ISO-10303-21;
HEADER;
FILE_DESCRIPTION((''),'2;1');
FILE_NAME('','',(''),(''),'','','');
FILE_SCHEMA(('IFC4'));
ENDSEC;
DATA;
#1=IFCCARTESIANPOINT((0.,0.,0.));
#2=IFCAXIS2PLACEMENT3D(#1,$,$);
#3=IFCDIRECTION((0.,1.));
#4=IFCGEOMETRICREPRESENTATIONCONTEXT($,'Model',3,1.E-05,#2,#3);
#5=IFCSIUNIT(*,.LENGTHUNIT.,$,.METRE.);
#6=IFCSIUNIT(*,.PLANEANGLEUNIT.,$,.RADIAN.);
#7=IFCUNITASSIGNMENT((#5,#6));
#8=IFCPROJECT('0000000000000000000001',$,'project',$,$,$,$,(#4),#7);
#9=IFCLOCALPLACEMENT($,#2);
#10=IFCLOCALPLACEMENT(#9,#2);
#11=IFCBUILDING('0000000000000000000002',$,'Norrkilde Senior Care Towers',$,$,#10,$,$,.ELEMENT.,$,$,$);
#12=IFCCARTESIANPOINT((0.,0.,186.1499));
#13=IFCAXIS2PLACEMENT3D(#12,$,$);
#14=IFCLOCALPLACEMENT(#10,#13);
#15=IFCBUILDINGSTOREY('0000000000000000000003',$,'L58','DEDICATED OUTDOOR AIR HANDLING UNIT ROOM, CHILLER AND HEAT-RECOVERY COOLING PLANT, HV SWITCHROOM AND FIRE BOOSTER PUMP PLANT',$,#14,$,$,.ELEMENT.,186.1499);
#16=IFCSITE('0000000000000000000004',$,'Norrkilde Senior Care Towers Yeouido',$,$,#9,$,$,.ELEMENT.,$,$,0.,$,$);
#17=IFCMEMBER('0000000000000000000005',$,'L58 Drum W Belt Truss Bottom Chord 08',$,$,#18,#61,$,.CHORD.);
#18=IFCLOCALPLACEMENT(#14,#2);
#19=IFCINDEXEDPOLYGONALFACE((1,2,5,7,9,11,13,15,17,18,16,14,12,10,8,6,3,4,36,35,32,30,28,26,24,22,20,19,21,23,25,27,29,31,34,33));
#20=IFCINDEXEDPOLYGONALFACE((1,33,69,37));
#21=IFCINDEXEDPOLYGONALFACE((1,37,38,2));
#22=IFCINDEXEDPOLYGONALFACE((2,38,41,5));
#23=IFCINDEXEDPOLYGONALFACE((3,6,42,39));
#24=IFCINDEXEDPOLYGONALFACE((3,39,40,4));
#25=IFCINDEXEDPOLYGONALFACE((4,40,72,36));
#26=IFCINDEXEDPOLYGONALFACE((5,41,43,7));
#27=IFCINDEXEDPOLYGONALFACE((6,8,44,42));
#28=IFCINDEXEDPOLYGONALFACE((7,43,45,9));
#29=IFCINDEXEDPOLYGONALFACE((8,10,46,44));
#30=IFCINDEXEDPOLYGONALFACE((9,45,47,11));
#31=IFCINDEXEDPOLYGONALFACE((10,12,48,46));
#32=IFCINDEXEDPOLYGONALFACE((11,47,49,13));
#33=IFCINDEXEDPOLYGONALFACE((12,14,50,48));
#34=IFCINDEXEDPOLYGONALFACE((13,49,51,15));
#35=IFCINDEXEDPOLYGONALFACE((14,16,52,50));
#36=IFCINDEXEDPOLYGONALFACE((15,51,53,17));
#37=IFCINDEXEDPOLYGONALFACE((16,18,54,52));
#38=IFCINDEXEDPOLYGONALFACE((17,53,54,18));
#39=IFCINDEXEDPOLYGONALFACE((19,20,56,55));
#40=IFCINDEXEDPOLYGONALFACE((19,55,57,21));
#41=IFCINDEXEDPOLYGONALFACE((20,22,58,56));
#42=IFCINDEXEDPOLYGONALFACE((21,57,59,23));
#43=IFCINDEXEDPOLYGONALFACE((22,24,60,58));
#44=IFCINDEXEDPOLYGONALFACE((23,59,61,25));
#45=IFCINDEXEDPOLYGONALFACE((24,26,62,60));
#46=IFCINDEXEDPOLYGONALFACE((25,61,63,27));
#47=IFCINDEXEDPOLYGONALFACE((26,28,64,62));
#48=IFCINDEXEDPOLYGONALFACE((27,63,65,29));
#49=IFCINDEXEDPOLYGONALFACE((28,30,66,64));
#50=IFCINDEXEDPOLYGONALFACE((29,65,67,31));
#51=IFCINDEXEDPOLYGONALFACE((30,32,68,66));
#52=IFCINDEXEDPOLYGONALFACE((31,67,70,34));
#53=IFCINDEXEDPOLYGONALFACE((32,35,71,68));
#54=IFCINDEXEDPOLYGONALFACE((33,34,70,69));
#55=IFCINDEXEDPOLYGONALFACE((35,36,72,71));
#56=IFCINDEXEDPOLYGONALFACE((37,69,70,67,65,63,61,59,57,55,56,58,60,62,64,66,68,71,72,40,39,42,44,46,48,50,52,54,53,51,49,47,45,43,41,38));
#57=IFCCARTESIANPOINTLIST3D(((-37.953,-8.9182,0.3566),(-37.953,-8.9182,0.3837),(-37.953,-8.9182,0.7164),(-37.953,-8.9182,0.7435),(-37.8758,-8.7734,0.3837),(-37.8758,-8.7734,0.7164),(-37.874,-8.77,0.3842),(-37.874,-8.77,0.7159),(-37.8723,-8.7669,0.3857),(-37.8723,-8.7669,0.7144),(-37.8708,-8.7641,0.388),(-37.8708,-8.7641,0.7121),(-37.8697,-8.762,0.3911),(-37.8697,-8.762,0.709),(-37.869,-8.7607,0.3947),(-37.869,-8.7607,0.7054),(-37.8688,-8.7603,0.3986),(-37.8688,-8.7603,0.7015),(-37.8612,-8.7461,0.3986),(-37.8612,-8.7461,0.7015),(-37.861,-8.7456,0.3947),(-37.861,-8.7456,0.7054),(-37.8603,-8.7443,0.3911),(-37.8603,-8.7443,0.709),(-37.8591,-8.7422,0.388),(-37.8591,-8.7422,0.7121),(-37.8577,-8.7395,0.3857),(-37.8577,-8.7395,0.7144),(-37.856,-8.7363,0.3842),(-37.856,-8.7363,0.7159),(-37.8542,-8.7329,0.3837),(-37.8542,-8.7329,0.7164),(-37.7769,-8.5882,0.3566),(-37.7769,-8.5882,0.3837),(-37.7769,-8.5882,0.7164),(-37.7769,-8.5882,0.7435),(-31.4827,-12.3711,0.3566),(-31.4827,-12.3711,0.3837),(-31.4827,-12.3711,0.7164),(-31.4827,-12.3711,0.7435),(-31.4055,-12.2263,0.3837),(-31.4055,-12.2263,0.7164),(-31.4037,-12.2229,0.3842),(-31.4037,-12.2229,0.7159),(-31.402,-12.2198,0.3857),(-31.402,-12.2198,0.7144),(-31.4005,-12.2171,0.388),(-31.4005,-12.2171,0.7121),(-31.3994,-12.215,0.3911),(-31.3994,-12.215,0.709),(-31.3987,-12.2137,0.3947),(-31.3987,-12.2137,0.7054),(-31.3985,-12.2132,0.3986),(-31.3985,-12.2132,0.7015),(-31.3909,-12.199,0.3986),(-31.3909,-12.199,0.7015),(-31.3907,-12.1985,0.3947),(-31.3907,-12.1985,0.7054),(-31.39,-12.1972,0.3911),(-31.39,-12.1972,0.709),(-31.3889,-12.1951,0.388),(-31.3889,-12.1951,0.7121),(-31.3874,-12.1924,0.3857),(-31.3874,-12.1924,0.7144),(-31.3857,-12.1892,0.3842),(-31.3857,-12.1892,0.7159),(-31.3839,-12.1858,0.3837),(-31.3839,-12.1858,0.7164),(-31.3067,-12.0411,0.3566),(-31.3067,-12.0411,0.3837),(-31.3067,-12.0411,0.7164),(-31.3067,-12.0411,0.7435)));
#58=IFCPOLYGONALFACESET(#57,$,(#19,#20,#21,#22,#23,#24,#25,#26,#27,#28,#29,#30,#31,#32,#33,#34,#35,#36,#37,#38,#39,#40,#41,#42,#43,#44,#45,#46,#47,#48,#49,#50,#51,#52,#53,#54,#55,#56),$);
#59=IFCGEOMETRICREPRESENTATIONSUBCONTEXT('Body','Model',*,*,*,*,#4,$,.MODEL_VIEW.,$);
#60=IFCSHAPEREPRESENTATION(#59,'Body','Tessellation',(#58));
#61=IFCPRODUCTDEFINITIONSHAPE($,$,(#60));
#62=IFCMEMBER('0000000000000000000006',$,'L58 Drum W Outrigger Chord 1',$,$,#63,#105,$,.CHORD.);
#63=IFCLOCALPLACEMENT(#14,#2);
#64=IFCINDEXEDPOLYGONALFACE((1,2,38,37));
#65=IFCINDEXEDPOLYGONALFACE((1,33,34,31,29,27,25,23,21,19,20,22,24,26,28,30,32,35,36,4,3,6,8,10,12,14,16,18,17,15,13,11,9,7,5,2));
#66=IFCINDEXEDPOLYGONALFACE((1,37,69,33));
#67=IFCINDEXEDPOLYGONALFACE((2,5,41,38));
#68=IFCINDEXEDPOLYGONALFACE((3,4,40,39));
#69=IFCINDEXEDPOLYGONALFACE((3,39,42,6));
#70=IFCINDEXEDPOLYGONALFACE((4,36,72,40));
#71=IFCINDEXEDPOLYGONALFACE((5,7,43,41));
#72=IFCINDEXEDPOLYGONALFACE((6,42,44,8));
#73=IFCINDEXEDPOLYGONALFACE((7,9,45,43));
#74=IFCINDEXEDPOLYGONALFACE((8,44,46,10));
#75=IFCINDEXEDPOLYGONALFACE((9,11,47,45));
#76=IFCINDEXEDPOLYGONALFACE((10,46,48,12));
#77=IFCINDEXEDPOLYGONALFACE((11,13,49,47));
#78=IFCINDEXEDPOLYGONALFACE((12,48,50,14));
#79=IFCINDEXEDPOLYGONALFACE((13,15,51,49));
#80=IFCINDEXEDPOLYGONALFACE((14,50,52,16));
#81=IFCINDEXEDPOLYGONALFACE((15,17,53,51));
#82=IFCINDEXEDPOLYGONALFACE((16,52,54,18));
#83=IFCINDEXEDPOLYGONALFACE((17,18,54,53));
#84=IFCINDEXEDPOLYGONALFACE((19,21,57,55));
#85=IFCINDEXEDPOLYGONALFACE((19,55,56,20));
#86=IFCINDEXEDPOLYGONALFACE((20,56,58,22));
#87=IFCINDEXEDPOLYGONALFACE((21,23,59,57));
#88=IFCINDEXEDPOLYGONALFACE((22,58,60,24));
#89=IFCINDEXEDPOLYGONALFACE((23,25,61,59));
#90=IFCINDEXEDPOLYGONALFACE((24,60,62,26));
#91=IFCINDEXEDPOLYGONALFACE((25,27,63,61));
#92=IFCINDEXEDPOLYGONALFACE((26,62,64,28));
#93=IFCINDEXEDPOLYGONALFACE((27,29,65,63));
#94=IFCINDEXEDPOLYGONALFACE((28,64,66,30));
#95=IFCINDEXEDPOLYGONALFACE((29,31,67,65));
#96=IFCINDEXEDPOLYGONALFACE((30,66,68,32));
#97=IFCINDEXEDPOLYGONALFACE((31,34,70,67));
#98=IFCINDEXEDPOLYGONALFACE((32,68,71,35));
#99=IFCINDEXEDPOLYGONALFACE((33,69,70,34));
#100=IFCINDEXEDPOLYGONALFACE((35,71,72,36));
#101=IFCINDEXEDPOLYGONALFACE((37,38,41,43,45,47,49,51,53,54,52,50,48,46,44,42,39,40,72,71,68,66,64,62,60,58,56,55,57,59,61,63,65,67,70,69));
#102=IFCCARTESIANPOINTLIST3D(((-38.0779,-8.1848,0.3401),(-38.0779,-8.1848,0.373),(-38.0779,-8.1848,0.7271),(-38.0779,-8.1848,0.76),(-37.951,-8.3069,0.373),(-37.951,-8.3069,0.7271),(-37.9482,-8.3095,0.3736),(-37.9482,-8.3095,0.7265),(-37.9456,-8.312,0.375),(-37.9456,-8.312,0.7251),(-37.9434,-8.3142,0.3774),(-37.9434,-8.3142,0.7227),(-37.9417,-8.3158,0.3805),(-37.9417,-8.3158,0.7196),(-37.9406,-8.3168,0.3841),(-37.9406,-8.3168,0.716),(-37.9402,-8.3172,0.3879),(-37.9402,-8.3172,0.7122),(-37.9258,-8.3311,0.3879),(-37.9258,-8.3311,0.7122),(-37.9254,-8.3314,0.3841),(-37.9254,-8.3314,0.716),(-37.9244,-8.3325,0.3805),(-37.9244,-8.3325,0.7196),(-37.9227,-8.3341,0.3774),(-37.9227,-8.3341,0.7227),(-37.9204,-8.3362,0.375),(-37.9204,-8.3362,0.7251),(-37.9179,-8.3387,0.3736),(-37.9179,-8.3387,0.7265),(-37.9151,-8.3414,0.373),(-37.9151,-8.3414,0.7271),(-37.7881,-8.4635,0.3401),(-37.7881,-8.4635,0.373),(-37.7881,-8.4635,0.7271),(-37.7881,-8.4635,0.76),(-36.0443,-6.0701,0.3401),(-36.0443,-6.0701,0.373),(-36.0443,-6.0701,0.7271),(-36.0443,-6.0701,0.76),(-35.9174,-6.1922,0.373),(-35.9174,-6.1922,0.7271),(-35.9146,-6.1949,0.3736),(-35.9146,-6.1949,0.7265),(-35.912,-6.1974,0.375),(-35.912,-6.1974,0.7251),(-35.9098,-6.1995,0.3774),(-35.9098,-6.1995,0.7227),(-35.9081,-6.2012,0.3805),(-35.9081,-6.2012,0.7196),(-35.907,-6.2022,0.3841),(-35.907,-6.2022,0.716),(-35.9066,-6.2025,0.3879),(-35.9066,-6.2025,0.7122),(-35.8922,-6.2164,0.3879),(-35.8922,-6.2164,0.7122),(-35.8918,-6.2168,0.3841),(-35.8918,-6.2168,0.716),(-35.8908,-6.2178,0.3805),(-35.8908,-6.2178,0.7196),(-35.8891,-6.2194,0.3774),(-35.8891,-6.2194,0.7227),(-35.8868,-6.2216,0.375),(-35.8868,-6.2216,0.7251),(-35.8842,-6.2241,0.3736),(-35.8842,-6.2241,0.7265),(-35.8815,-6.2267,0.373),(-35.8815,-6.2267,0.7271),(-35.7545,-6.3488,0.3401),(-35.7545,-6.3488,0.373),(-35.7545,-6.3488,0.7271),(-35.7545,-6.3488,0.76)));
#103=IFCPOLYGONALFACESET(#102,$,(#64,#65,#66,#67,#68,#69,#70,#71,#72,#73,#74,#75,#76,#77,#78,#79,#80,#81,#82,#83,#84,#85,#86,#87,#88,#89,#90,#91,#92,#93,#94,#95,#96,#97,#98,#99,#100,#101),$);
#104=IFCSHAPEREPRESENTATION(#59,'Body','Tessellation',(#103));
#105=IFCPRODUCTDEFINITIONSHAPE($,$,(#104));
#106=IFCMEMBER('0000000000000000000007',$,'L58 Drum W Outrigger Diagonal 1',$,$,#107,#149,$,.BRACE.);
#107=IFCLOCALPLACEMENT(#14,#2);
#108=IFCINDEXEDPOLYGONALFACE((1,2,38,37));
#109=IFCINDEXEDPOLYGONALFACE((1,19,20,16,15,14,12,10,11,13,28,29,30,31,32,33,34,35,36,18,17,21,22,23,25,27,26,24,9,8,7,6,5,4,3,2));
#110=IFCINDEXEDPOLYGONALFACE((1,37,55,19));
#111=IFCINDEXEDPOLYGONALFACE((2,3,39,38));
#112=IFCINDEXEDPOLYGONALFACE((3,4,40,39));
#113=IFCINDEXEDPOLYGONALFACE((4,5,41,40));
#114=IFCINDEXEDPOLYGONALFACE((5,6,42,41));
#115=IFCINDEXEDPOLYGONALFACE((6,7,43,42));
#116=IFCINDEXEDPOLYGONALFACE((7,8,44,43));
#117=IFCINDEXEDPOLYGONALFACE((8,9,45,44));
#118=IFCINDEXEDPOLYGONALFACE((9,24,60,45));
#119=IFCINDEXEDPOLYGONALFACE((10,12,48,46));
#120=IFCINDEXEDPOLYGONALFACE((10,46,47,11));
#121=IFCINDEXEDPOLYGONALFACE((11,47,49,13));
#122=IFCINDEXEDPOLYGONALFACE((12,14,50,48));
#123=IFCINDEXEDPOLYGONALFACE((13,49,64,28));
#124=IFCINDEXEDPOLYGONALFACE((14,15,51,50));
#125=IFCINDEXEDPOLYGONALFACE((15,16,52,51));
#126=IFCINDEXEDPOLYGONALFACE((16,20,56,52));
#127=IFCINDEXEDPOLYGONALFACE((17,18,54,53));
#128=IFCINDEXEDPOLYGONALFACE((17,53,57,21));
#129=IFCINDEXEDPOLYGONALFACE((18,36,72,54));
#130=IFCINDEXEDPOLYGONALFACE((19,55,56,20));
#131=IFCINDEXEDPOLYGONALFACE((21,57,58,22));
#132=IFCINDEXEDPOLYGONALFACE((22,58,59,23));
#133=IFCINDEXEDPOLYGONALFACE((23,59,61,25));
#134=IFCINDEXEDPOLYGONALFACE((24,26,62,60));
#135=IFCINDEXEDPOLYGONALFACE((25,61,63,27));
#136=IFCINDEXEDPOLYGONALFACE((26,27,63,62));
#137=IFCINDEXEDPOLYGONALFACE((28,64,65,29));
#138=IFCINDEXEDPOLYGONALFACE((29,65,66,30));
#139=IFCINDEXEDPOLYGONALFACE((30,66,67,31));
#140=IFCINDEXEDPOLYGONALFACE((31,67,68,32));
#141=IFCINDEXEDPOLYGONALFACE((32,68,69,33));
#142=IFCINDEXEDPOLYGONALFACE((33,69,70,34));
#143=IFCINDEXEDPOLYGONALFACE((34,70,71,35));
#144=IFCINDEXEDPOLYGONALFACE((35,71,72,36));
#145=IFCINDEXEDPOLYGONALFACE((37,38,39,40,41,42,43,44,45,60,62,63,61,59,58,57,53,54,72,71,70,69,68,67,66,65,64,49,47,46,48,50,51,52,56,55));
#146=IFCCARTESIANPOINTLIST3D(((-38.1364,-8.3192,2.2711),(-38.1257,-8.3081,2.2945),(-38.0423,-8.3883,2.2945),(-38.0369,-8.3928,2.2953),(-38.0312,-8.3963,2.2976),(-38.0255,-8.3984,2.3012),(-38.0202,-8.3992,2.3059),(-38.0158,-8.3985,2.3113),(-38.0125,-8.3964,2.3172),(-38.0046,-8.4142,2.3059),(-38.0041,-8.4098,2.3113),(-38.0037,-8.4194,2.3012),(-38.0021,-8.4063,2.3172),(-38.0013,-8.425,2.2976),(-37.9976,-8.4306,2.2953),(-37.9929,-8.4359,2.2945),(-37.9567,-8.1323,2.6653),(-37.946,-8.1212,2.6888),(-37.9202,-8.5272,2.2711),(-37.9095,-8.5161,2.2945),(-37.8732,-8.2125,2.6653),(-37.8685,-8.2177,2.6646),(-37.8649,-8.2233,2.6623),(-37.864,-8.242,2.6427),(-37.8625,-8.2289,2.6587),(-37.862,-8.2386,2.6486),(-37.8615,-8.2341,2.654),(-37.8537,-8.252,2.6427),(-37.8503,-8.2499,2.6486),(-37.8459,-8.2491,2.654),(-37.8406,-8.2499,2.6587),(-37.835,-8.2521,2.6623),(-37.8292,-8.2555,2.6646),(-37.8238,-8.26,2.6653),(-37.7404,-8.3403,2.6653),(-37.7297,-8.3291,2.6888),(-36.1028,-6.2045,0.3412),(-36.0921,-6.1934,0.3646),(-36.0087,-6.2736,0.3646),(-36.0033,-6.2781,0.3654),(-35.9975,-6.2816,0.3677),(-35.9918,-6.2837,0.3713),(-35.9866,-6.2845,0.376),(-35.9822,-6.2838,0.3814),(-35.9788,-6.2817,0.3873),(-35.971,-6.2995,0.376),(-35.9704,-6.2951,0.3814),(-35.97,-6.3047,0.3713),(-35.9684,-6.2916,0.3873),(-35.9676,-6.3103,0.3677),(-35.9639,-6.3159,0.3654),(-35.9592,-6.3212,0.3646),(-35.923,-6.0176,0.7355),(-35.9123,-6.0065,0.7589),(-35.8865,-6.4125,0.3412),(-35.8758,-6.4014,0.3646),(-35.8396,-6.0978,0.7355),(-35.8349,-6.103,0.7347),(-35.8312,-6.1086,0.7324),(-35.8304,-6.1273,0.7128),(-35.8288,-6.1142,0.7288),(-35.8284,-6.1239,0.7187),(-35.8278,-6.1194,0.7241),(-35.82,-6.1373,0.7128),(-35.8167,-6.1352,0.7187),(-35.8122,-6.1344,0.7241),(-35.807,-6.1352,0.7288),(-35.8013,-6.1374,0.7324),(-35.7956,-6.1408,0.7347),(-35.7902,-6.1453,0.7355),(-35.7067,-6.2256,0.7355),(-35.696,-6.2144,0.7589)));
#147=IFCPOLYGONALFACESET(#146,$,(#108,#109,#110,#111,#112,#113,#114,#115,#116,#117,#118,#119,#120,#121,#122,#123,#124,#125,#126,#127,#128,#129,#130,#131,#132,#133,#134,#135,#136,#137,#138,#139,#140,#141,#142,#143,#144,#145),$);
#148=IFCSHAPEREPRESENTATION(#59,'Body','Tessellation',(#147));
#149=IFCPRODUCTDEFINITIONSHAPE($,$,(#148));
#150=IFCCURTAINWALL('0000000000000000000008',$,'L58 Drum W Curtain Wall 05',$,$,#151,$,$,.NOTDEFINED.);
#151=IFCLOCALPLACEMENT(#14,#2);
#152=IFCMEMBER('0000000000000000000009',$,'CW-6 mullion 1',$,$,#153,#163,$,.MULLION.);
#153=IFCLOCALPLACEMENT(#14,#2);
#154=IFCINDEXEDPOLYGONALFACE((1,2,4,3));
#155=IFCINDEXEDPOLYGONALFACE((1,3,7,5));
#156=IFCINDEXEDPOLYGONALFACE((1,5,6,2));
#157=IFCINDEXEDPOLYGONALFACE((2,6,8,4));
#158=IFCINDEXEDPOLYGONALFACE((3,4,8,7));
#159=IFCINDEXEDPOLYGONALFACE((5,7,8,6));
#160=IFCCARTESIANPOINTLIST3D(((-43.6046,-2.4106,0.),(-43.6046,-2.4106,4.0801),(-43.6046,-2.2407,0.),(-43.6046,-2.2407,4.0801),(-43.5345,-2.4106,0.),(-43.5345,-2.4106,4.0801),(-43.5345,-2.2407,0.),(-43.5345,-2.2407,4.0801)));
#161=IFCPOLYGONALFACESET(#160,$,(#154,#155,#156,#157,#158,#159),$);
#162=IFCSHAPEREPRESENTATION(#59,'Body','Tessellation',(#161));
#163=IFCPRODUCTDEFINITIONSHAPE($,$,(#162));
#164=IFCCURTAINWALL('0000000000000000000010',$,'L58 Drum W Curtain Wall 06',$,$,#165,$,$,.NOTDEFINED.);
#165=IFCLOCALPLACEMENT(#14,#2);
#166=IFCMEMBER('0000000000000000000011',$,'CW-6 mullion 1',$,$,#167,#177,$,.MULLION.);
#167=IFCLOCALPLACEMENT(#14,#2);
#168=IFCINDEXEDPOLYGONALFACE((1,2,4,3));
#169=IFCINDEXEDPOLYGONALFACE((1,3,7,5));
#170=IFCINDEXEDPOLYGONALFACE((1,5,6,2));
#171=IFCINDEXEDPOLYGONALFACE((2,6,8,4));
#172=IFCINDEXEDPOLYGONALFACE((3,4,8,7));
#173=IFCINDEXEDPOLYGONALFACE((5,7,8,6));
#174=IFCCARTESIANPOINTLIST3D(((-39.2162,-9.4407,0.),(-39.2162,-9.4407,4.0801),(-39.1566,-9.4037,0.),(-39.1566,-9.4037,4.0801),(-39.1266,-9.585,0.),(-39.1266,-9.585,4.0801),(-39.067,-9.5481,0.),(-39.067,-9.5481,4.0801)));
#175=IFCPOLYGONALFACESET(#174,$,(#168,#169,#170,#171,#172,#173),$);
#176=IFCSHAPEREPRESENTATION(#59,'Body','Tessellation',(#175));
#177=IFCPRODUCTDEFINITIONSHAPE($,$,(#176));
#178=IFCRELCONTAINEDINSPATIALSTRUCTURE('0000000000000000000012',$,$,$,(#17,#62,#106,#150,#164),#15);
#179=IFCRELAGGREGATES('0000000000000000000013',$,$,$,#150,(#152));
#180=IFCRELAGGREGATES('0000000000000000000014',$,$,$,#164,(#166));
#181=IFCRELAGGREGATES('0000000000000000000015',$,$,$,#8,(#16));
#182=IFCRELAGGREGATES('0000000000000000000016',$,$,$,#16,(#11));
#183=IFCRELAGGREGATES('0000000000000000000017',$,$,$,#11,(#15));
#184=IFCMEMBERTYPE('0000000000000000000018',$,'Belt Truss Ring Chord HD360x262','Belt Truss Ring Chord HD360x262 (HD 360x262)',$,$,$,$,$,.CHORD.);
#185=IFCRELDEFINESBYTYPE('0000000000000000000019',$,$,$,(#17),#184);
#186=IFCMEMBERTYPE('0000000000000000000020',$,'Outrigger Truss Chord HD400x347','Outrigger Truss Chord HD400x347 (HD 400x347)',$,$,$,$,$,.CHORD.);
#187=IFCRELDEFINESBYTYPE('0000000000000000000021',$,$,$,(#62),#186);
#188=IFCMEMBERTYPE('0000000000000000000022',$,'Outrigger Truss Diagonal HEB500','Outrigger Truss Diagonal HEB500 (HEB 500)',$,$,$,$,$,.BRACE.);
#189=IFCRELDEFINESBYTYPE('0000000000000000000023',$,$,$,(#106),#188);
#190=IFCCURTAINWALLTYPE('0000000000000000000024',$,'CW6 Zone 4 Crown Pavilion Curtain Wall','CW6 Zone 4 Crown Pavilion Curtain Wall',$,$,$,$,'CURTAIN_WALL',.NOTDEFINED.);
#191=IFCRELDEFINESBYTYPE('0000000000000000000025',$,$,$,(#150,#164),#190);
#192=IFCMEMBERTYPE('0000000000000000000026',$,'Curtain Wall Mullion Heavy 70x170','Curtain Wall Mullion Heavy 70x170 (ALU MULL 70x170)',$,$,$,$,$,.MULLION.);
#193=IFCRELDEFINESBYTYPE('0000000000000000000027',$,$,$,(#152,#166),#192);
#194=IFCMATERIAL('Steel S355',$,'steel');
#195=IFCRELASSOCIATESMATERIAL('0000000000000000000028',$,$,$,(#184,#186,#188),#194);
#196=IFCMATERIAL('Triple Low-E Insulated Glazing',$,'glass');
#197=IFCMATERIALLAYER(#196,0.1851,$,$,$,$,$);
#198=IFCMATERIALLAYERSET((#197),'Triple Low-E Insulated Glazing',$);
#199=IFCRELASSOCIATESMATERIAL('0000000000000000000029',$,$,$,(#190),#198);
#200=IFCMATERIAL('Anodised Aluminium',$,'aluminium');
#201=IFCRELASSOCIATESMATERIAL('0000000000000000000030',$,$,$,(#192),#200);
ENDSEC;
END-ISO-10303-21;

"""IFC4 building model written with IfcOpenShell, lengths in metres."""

from ifc_helpers import new_model, si_unit, direction, frame, origin, origin_2d, place, context, subcontext, project, spatial, rectangle, i_section, extrude, source, transform, mapped, material, layer, layer_set, material_profile, profile_set, type_object, type_shapes, element, aggregate, save


model = new_model("IFC4")

# Units and contexts
model_context = context("Model", 3, precision=1e-05, world=origin(), true_north=direction((0.0, 1.0)))
body_context = subcontext(model_context, "Body", "Model", "MODEL_VIEW")
ifc_project = project(units=[si_unit("LENGTHUNIT", "METRE"), si_unit("PLANEANGLEUNIT", "RADIAN")], contexts=[model_context])

# Site, building, storey
site_placement = place(None, origin())
site = spatial("IfcSite", under=ifc_project, at=site_placement, Name="Norrkilde Senior Care Towers Yeouido", CompositionType="ELEMENT", RefElevation=0.0)
building_placement = place(site_placement, origin())
building = spatial("IfcBuilding", under=site, at=building_placement, Name="Norrkilde Senior Care Towers", CompositionType="ELEMENT")
storey_placement = place(building_placement, frame((0.0, 0.0, 186.1499)))
storey = spatial("IfcBuildingStorey", under=building, at=storey_placement, Name="L58", Description="DEDICATED OUTDOOR AIR HANDLING UNIT ROOM, CHILLER AND HEAT-RECOVERY COOLING PLANT, HV SWITCHROOM AND FIRE BOOSTER PUMP PLANT", CompositionType="ELEMENT", Elevation=186.1499)

# Members
ifc_material_1 = material(Name="Steel S355", Category="steel")
ifc_material_profile_1 = material_profile(ifc_material_1, i_section(OverallWidth=0.374, OverallDepth=0.387, WebThickness=0.0161, FlangeThickness=0.0271, FilletRadius=0.0149, at=origin_2d()), Name="HD 360x262")
ifc_profile_set_1 = profile_set([ifc_material_profile_1], Name="Steel S355")
member_type_1 = type_object("IfcMemberType", Name="Belt Truss Ring Chord HD360x262", Description="Belt Truss Ring Chord HD360x262 (HD 360x262)", PredefinedType="CHORD", material=ifc_profile_set_1)
shared_shape_1 = source(origin(), body_context, "Body", "SweptSolid", [
    extrude(i_section(OverallWidth=0.374, OverallDepth=0.387, WebThickness=0.0161, FlangeThickness=0.0271, FilletRadius=0.0149, at=origin_2d()), origin(), (0.0, 0.0, 1.0), 7.334),
])
member_1_placement = place(storey_placement, frame((-37.865, -8.7532, 0.55), z_axis=(0.882234, -0.470811, 0.0), x_axis=(0.470811, 0.882234, 0.0)))
element("IfcMember", 1, at=member_1_placement, inside=storey, type_object=member_type_1, Name="L58 Drum W Belt Truss Bottom Chord 08", PredefinedType="CHORD", context=body_context, shape_type="MappedRepresentation", body=[
    mapped(shared_shape_1, transform((0.0, 0.0, 0.0), x_axis=(1.0, 0.0, 0.0), y_axis=(0.0, 1.0, 0.0), z_axis=(0.0, 0.0, 1.0), scale=1.0)),
])
ifc_material_profile_2 = material_profile(ifc_material_1, i_section(OverallWidth=0.4021, OverallDepth=0.4199, WebThickness=0.02, FlangeThickness=0.033, FilletRadius=0.0149, at=origin_2d()), Name="HD 400x347")
ifc_profile_set_2 = profile_set([ifc_material_profile_2], Name="Steel S355")
member_type_2 = type_object("IfcMemberType", Name="Outrigger Truss Chord HD400x347", Description="Outrigger Truss Chord HD400x347 (HD 400x347)", PredefinedType="CHORD", material=ifc_profile_set_2)
shared_shape_2 = source(origin(), body_context, "Body", "SweptSolid", [
    extrude(i_section(OverallWidth=0.4021, OverallDepth=0.4199, WebThickness=0.02, FlangeThickness=0.033, FilletRadius=0.0149, at=origin_2d()), origin(), (0.0, 0.0, 1.0), 2.9338),
])
type_shapes(member_type_2, [shared_shape_2])
member_2_placement = place(storey_placement, frame((-35.8994, -6.2095, 0.55), z_axis=(-0.693159, -0.720785, 0.0), x_axis=(0.720785, -0.693159, 0.0)))
element("IfcMember", 2, at=member_2_placement, inside=storey, type_object=member_type_2, Name="L58 Drum W Outrigger Chord 1", PredefinedType="CHORD", context=body_context, shape_type="MappedRepresentation", body=[
    mapped(shared_shape_2, transform((0.0, 0.0, 0.0), x_axis=(1.0, 0.0, 0.0), y_axis=(0.0, 1.0, 0.0), z_axis=(0.0, 0.0, 1.0), scale=1.0)),
])
ifc_material_profile_3 = material_profile(ifc_material_1, i_section(OverallWidth=0.3, OverallDepth=0.5, WebThickness=0.0144, FlangeThickness=0.0281, FilletRadius=0.0271, at=origin_2d()), Name="HEB 500")
ifc_profile_set_3 = profile_set([ifc_material_profile_3], Name="Steel S355")
member_type_3 = type_object("IfcMemberType", Name="Outrigger Truss Diagonal HEB500", Description="Outrigger Truss Diagonal HEB500 (HEB 500)", PredefinedType="BRACE", material=ifc_profile_set_3)
shared_shape_3 = source(origin(), body_context, "Body", "SweptSolid", [
    extrude(i_section(OverallWidth=0.3, OverallDepth=0.5, WebThickness=0.0144, FlangeThickness=0.0281, FilletRadius=0.0271, at=origin_2d()), origin(), (0.0, 0.0, 1.0), 3.5117),
])
type_shapes(member_type_3, [shared_shape_3])
member_3_placement = place(storey_placement, frame((-35.8994, -6.2095, 0.55), z_axis=(-0.579103, -0.602184, 0.549557), x_axis=(0.720785, -0.693159, 0.0)))
element("IfcMember", 3, at=member_3_placement, inside=storey, type_object=member_type_3, Name="L58 Drum W Outrigger Diagonal 1", PredefinedType="BRACE", context=body_context, shape_type="MappedRepresentation", body=[
    mapped(shared_shape_3, transform((0.0, 0.0, 0.0), x_axis=(1.0, 0.0, 0.0), y_axis=(0.0, 1.0, 0.0), z_axis=(0.0, 0.0, 1.0), scale=1.0)),
])

# Curtain wall, member
ifc_material_2 = material(Name="Triple Low-E Insulated Glazing", Category="glass")
ifc_layer_1 = layer(ifc_material_2, 0.1851)
ifc_layer_set_1 = layer_set([ifc_layer_1], Name="Triple Low-E Insulated Glazing")
curtain_wall_type = type_object("IfcCurtainWallType", Name="CW6 Zone 4 Crown Pavilion Curtain Wall", Description="CW6 Zone 4 Crown Pavilion Curtain Wall", ElementType="CURTAIN_WALL", PredefinedType="NOTDEFINED", material=ifc_layer_set_1)
curtain_wall_1_placement = place(storey_placement, origin())
curtain_wall_1 = element("IfcCurtainWall", 4, at=curtain_wall_1_placement, inside=storey, type_object=curtain_wall_type, Name="L58 Drum W Curtain Wall 05", PredefinedType="NOTDEFINED")
ifc_material_3 = material(Name="Anodised Aluminium", Category="aluminium")
ifc_material_profile_4 = material_profile(ifc_material_3, rectangle(XDim=0.0701, YDim=0.1699, at=origin_2d()), Name="ALU MULL 70x170")
ifc_profile_set_4 = profile_set([ifc_material_profile_4], Name="Anodised Aluminium")
member_type_4 = type_object("IfcMemberType", Name="Curtain Wall Mullion Heavy 70x170", Description="Curtain Wall Mullion Heavy 70x170 (ALU MULL 70x170)", PredefinedType="MULLION", material=ifc_profile_set_4)
shared_shape_4 = source(origin(), body_context, "Body", "SweptSolid", [
    extrude(rectangle(XDim=0.0701, YDim=0.1699, at=origin_2d()), origin(), (0.0, 0.0, 1.0), 4.0801),
])
type_shapes(member_type_4, [shared_shape_4])
member_4_placement = place(storey_placement, frame((-43.5696, -2.3257, 0.0), z_axis=(0.0, 0.0, 1.0), x_axis=(-1.0, 0.0, 0.0)))
member_4 = element("IfcMember", 5, at=member_4_placement, type_object=member_type_4, Name="CW-6 mullion 1", PredefinedType="MULLION", context=body_context, shape_type="MappedRepresentation", body=[
    mapped(shared_shape_4, transform((0.0, 0.0, 0.0), x_axis=(1.0, 0.0, 0.0), y_axis=(0.0, 1.0, 0.0), z_axis=(0.0, 0.0, 1.0), scale=1.0)),
])

# Curtain wall, member
curtain_wall_2_placement = place(storey_placement, origin())
curtain_wall_2 = element("IfcCurtainWall", 6, at=curtain_wall_2_placement, inside=storey, type_object=curtain_wall_type, Name="L58 Drum W Curtain Wall 06", PredefinedType="NOTDEFINED")
member_5_placement = place(storey_placement, frame((-39.1416, -9.4944, 0.0), z_axis=(0.0, 0.0, 1.0), x_axis=(-0.849634, -0.527373, 0.0)))
member_5 = element("IfcMember", 7, at=member_5_placement, type_object=member_type_4, Name="CW-6 mullion 1", PredefinedType="MULLION", context=body_context, shape_type="MappedRepresentation", body=[
    mapped(shared_shape_4, transform((0.0, 0.0, 0.0), x_axis=(1.0, 0.0, 0.0), y_axis=(0.0, 1.0, 0.0), z_axis=(0.0, 0.0, 1.0), scale=1.0)),
])

aggregate(curtain_wall_1, [member_4])

aggregate(curtain_wall_2, [member_5])

save(model, "model.ifc")
